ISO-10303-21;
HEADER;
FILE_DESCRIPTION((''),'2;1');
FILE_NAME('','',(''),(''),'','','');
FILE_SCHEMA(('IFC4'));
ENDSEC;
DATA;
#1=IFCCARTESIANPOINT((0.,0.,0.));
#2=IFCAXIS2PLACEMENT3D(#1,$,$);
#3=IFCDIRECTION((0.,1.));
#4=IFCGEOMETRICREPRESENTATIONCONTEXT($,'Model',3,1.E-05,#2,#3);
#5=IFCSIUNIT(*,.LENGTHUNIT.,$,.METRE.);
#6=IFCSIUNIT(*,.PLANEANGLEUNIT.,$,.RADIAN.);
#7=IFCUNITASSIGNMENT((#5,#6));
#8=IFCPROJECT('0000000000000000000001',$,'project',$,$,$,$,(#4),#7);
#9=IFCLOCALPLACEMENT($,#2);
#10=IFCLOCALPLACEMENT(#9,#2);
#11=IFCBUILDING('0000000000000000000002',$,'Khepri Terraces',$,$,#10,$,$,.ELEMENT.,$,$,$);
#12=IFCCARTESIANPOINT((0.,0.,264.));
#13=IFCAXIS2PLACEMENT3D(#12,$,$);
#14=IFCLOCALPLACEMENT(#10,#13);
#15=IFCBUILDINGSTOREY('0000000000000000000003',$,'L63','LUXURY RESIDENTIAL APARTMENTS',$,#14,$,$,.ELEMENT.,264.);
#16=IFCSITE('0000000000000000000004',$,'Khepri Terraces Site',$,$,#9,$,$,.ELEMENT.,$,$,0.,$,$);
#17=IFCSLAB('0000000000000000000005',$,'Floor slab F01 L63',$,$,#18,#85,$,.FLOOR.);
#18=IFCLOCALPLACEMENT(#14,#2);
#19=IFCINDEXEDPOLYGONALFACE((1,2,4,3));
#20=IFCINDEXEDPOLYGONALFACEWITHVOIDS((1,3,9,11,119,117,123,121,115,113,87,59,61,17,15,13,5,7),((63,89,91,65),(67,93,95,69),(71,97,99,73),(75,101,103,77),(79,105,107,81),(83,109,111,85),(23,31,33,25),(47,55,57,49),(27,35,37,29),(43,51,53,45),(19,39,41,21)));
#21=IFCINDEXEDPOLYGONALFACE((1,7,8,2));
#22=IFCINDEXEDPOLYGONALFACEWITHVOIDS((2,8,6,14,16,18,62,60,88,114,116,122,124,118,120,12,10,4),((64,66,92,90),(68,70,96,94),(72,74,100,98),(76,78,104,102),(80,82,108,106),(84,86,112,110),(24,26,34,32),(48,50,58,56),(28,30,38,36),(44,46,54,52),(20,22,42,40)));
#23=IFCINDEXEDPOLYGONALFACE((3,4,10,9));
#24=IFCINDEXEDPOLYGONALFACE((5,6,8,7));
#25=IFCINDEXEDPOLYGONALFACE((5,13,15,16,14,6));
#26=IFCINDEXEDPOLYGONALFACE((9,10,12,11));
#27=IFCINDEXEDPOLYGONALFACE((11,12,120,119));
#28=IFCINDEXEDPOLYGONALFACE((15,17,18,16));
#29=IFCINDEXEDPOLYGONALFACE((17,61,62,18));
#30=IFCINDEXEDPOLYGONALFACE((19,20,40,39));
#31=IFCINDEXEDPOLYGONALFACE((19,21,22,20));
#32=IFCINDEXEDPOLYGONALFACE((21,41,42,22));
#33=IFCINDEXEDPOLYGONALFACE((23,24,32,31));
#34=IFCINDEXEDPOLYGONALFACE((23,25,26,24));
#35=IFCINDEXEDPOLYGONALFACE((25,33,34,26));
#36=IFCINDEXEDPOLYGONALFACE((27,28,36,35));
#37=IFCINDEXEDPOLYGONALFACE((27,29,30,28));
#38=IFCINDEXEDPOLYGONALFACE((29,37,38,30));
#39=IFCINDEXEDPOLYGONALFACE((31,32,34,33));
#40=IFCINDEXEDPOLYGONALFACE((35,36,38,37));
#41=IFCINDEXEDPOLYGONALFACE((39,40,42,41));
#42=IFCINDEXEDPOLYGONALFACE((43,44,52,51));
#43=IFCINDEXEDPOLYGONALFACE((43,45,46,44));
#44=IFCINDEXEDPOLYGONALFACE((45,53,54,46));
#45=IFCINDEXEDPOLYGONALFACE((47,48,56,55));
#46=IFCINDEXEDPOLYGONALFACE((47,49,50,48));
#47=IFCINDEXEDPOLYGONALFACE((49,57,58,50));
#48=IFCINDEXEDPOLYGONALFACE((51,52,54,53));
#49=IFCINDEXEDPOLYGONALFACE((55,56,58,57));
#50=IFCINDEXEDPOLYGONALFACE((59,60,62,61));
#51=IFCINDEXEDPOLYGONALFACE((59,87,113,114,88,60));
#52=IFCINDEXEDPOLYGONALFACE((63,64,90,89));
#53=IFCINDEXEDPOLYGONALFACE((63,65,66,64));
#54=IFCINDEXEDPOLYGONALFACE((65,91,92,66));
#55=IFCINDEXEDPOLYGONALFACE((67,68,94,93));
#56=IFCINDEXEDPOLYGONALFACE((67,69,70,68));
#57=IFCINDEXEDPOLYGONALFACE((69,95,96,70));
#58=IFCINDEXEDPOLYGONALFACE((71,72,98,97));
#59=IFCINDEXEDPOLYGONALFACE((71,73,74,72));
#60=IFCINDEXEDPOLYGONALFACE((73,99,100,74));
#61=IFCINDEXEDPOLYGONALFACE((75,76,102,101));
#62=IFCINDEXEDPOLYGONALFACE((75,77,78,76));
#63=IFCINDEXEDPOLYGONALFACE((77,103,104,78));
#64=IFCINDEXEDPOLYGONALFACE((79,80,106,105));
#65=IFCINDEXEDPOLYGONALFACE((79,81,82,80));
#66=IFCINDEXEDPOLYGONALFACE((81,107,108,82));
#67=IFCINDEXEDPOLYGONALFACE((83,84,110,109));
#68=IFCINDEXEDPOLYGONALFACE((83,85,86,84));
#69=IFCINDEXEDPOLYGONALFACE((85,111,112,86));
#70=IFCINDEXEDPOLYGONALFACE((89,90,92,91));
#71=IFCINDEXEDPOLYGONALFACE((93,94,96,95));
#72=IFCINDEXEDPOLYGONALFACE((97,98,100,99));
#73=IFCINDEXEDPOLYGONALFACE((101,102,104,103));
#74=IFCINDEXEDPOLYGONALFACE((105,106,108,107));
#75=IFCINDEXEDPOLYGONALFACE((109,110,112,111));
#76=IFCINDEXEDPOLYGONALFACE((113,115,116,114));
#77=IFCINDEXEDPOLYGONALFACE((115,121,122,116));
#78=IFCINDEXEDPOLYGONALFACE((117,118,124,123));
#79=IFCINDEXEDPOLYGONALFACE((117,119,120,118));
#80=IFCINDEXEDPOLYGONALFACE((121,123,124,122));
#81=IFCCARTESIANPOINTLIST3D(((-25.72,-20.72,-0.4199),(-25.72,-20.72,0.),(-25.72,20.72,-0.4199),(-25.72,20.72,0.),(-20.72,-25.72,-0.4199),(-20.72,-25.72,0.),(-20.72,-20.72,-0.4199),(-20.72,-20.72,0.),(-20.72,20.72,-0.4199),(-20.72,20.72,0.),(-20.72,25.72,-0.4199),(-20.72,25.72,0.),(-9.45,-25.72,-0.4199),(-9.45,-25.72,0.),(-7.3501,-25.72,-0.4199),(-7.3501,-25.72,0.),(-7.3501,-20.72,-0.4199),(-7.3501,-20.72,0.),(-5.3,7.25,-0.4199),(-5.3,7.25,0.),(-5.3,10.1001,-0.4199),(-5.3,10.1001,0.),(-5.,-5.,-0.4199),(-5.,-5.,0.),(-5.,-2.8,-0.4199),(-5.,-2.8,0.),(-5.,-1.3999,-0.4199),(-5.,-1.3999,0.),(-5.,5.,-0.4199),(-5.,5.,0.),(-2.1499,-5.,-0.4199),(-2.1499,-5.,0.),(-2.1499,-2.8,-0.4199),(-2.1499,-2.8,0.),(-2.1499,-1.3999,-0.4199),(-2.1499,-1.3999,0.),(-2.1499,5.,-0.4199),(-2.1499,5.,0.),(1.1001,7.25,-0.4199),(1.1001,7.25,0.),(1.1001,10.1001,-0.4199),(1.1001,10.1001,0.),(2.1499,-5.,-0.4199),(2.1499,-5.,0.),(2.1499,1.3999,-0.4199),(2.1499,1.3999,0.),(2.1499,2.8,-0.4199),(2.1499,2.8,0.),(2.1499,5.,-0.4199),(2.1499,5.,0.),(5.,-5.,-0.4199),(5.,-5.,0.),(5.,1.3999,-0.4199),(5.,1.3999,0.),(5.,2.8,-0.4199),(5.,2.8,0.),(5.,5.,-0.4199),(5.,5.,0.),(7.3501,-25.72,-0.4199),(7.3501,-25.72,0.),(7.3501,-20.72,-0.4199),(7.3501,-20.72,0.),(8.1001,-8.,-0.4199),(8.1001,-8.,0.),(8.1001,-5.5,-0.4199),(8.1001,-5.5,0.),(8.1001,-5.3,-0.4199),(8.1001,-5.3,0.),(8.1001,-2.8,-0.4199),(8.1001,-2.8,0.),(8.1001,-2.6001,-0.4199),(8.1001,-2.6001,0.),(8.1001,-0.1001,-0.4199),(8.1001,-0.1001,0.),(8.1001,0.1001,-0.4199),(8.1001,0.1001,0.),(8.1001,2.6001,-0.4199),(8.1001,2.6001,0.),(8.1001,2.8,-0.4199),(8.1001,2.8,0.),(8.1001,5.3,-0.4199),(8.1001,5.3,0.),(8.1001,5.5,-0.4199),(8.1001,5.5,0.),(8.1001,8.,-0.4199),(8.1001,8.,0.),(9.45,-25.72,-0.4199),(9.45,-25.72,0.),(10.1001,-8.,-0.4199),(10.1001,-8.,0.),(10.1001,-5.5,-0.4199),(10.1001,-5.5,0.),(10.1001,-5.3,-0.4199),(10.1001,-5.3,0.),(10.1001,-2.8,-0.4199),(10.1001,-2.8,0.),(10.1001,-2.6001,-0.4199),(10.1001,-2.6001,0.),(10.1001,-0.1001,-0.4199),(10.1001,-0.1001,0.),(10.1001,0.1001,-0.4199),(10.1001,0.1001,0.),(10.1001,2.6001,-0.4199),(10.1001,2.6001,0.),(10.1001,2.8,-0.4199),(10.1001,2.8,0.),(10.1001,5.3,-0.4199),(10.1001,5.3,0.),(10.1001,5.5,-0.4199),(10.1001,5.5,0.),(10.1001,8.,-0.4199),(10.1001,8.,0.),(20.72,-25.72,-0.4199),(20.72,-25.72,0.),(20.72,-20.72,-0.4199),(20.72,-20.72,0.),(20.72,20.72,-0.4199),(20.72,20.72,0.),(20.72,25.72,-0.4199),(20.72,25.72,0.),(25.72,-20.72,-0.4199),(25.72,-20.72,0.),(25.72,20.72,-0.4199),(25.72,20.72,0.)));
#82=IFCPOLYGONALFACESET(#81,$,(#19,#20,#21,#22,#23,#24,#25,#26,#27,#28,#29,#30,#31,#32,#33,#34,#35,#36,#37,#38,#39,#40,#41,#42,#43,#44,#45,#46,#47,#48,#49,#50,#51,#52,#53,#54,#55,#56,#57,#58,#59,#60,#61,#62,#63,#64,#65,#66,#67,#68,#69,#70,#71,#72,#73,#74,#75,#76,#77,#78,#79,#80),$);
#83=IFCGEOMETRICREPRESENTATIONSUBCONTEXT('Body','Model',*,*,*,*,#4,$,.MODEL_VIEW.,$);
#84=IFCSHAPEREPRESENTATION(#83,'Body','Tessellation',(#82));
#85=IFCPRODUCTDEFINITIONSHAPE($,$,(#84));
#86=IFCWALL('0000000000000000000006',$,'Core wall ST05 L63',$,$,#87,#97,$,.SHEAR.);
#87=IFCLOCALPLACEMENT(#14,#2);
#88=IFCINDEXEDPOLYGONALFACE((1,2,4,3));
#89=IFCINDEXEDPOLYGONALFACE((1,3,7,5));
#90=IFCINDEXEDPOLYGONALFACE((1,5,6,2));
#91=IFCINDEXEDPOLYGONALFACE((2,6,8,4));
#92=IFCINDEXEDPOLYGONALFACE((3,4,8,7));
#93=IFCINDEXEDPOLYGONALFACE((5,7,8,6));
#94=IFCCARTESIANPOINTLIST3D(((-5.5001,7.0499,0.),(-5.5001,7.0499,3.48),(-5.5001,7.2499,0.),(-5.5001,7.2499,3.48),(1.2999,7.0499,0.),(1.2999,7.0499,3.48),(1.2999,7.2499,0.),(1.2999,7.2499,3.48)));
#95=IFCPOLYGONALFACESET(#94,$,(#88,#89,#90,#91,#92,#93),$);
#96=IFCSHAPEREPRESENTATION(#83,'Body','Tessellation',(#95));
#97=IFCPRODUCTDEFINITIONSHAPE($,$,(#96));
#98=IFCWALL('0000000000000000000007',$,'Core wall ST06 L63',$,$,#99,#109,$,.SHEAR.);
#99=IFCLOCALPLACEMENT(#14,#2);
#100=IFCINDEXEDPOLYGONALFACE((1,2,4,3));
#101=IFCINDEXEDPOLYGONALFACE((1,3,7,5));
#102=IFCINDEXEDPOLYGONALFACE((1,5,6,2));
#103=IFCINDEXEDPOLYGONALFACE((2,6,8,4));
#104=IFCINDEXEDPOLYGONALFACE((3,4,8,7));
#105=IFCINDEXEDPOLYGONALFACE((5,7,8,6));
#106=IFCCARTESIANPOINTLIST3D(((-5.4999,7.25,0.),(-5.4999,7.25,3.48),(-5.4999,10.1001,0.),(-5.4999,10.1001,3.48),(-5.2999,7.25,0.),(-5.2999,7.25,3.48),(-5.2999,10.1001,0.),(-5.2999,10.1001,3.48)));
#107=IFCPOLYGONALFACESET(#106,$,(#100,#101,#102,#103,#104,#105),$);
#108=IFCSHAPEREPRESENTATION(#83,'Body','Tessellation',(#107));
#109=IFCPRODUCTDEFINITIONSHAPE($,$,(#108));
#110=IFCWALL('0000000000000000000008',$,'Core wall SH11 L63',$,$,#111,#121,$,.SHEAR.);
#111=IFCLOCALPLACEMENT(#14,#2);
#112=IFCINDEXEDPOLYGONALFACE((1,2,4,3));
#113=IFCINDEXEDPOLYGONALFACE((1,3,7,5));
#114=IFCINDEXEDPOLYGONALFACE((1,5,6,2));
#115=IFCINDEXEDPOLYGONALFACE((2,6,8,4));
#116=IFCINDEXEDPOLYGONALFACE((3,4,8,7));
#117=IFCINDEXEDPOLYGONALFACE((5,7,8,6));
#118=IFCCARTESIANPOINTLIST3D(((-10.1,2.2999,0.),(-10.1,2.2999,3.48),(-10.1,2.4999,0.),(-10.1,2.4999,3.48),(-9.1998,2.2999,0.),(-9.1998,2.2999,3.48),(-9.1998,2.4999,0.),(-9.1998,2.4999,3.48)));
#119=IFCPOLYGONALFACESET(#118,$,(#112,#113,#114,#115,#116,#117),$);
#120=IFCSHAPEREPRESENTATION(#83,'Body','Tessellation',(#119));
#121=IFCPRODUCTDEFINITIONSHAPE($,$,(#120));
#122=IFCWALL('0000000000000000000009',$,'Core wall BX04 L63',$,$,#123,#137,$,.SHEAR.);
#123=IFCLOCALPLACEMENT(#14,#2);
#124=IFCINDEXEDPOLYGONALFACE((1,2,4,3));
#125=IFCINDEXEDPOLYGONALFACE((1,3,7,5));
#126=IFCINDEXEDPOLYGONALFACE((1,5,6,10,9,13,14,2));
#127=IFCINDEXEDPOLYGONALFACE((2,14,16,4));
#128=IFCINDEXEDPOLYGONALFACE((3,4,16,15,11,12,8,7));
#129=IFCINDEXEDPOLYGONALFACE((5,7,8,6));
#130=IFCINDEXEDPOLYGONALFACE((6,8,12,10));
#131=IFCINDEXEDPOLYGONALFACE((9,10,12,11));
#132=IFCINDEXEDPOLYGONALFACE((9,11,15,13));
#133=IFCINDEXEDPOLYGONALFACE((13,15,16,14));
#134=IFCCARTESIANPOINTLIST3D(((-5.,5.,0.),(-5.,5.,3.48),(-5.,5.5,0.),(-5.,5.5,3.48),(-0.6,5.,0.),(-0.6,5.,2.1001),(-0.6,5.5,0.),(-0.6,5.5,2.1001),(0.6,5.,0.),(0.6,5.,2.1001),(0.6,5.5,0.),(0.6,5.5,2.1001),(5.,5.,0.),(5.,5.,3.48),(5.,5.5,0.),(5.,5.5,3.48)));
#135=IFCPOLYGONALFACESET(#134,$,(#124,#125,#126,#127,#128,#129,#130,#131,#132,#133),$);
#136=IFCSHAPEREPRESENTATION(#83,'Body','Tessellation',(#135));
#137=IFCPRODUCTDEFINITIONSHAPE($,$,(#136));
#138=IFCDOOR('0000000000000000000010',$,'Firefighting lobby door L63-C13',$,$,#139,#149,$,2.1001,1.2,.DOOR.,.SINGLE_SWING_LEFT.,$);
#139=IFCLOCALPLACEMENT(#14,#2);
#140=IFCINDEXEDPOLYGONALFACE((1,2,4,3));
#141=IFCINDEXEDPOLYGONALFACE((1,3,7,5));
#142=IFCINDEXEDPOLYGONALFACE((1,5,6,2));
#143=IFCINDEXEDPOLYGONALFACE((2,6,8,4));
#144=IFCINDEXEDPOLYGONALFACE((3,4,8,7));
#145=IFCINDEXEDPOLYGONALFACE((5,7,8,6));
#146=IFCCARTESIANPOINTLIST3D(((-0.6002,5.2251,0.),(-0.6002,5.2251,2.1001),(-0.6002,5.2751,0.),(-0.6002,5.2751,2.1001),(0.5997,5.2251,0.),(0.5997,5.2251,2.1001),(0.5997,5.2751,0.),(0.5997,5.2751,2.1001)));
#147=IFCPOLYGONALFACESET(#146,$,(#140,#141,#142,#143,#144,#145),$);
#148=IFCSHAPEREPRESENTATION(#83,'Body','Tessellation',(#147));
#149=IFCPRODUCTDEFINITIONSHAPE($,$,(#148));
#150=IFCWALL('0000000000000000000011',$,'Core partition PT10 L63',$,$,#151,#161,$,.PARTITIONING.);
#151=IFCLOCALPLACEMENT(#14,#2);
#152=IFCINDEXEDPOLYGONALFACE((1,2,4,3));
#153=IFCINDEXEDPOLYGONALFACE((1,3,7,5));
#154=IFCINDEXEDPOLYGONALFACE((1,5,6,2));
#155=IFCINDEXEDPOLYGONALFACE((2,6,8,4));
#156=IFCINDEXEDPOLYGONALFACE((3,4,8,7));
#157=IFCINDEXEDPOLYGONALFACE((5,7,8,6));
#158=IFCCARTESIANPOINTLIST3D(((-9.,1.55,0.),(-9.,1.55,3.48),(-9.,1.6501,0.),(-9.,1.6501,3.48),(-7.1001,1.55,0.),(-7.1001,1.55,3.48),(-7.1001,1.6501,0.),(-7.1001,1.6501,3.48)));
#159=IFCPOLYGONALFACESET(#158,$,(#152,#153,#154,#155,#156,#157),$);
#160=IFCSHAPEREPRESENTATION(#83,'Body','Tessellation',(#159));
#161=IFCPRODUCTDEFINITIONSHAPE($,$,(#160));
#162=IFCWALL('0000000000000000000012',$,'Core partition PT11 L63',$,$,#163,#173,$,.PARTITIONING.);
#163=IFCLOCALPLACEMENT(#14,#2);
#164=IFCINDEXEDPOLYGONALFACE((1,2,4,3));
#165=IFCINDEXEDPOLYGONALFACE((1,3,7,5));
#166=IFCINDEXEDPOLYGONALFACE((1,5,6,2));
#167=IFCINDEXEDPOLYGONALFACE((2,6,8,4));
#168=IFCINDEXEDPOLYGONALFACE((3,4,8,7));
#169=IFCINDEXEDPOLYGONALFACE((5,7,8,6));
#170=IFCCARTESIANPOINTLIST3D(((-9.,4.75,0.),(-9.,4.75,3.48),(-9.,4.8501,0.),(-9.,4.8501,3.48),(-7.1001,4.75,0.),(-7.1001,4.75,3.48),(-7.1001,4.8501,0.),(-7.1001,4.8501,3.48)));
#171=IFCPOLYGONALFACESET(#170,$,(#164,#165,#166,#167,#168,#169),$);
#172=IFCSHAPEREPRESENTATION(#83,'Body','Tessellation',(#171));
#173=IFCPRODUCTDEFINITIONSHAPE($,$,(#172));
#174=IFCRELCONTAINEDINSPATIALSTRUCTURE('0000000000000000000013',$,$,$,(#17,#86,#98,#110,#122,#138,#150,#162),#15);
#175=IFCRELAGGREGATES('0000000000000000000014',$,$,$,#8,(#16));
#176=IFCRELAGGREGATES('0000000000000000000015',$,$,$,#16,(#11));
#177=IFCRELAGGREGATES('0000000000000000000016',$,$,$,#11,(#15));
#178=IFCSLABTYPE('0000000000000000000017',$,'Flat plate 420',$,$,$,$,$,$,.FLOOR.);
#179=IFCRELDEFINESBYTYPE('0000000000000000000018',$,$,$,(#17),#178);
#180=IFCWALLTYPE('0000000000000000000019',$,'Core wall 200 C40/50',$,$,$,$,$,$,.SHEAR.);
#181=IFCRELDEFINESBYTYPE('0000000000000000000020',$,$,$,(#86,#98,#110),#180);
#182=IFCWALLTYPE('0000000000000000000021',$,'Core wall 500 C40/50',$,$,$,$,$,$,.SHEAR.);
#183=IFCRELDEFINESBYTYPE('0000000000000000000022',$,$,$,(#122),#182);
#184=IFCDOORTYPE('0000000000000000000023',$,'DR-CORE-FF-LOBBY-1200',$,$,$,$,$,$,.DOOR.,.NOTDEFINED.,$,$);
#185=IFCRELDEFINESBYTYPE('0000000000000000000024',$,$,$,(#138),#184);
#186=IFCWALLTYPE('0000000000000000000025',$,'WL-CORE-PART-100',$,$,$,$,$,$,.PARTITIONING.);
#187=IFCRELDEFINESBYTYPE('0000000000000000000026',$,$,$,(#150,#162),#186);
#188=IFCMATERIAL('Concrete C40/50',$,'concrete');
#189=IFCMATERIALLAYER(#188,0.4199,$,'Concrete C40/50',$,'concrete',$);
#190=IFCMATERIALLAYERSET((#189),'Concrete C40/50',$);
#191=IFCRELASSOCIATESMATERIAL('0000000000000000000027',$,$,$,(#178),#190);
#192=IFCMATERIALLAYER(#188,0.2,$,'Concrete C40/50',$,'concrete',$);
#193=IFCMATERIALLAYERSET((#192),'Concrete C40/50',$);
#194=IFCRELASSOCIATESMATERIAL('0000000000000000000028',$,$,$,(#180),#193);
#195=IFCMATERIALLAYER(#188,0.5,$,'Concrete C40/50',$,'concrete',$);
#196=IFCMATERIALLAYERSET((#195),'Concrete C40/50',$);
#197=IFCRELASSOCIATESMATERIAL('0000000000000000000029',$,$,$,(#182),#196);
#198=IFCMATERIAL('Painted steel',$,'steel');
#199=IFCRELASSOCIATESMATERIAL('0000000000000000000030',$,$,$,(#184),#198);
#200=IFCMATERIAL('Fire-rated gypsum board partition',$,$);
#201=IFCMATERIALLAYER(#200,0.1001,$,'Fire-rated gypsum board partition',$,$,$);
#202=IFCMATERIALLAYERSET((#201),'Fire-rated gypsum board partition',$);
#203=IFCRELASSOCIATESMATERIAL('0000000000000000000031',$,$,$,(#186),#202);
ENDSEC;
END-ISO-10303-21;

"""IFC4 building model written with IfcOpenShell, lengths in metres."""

from ifc_helpers import new_model, si_unit, direction, frame, frame_2d, origin, place, context, subcontext, project, spatial, polyline, rectangle, outline, extrude, material, layer, layer_set, type_object, element, fill, save


model = new_model("IFC4")

# Units and contexts
model_context = context("Model", 3, precision=1e-05, world=origin(), true_north=direction((0.0, 1.0)))
body_context = subcontext(model_context, "Body", "Model", "MODEL_VIEW")
ifc_project = project(units=[si_unit("LENGTHUNIT", "METRE"), si_unit("PLANEANGLEUNIT", "RADIAN")], contexts=[model_context])

# Site, building, storey
site_placement = place(None, origin())
site = spatial("IfcSite", under=ifc_project, at=site_placement, Name="Khepri Terraces Site", CompositionType="ELEMENT", RefElevation=0.0)
building_placement = place(site_placement, origin())
building = spatial("IfcBuilding", under=site, at=building_placement, Name="Khepri Terraces", CompositionType="ELEMENT")
storey_placement = place(building_placement, frame((0.0, 0.0, 264.0)))
storey = spatial("IfcBuildingStorey", under=building, at=storey_placement, Name="L63", Description="LUXURY RESIDENTIAL APARTMENTS", CompositionType="ELEMENT", Elevation=264.0)

# Slab
ifc_material_1 = material(Name="Concrete C40/50", Category="concrete")
ifc_layer_1 = layer(ifc_material_1, 0.4199, Name="Concrete C40/50", Category="concrete")
ifc_layer_set_1 = layer_set([ifc_layer_1], Name="Concrete C40/50")
slab_type = type_object("IfcSlabType", Name="Flat plate 420", PredefinedType="FLOOR", material=ifc_layer_set_1)
slab_placement = place(storey_placement, frame((0.0, 0.0, -0.4199)))
element("IfcSlab", 1, at=slab_placement, inside=storey, type_object=slab_type, Name="Floor slab F01 L63", PredefinedType="FLOOR", context=body_context, shape_type="SweptSolid", body=[
    extrude(outline(polyline([(25.72, -20.72), (20.72, -20.72), (20.72, -25.72), (9.45, -25.72), (7.3501, -25.72), (7.3501, -20.72), (-7.3501, -20.72), (-7.3501, -25.72), (-9.45, -25.72), (-20.72, -25.72), (-20.72, -20.72), (-25.72, -20.72), (-25.72, 20.72), (-20.72, 20.72), (-20.72, 25.72), (20.72, 25.72), (20.72, 20.72), (25.72, 20.72), (25.72, -20.72)]), holes=[polyline([(2.1499, 2.8), (5.0, 2.8), (5.0, 5.0), (2.1499, 5.0), (2.1499, 2.8)]), polyline([(-5.0, -2.8), (-5.0, -5.0), (-2.1499, -5.0), (-2.1499, -2.8), (-5.0, -2.8)]), polyline([(10.1001, -5.5), (8.1001, -5.5), (8.1001, -8.0), (10.1001, -8.0), (10.1001, -5.5)]), polyline([(10.1001, -5.3), (10.1001, -2.8), (8.1001, -2.8), (8.1001, -5.3), (10.1001, -5.3)]), polyline([(8.1001, -2.6001), (10.1001, -2.6001), (10.1001, -0.1001), (8.1001, -0.1001), (8.1001, -2.6001)]), polyline([(8.1001, 2.6001), (8.1001, 0.1001), (10.1001, 0.1001), (10.1001, 2.6001), (8.1001, 2.6001)]), polyline([(10.1001, 5.3), (8.1001, 5.3), (8.1001, 2.8), (10.1001, 2.8), (10.1001, 5.3)]), polyline([(10.1001, 5.5), (10.1001, 8.0), (8.1001, 8.0), (8.1001, 5.5), (10.1001, 5.5)]), polyline([(-5.0, -1.3999), (-2.1499, -1.3999), (-2.1499, 5.0), (-5.0, 5.0), (-5.0, -1.3999)]), polyline([(5.0, -5.0), (5.0, 1.3999), (2.1499, 1.3999), (2.1499, -5.0), (5.0, -5.0)]), polyline([(-5.3, 10.1001), (-5.3, 7.25), (1.1001, 7.25), (1.1001, 10.1001), (-5.3, 10.1001)])]), origin(), (0.0, 0.0, 1.0), 0.4199),
])

# Walls
ifc_layer_2 = layer(ifc_material_1, 0.2, Name="Concrete C40/50", Category="concrete")
ifc_layer_set_2 = layer_set([ifc_layer_2], Name="Concrete C40/50")
wall_type_1 = type_object("IfcWallType", Name="Core wall 200 C40/50", PredefinedType="SHEAR", material=ifc_layer_set_2)
wall_1_placement = place(storey_placement, frame((-5.5, 7.1499, 0.0), z_axis=(0.0, 0.0, 1.0), x_axis=(1.0, 0.0, 0.0)))
element("IfcWall", 2, at=wall_1_placement, inside=storey, type_object=wall_type_1, Name="Core wall ST05 L63", PredefinedType="SHEAR", context=body_context, shape_type="SweptSolid", body=[
    extrude(rectangle(XDim=6.8, YDim=0.2, at=frame_2d((3.3999, 0.0))), origin(), (0.0, 0.0, 1.0), 3.48),
])
wall_2_placement = place(storey_placement, frame((-5.3999, 7.25, 0.0), z_axis=(0.0, 0.0, 1.0), x_axis=(0.0, 1.0, 0.0)))
element("IfcWall", 3, at=wall_2_placement, inside=storey, type_object=wall_type_1, Name="Core wall ST06 L63", PredefinedType="SHEAR", context=body_context, shape_type="SweptSolid", body=[
    extrude(rectangle(XDim=2.8501, YDim=0.2, at=frame_2d((1.425, 0.0))), origin(), (0.0, 0.0, 1.0), 3.48),
])
wall_3_placement = place(storey_placement, frame((-10.1001, 2.3999, 0.0), z_axis=(0.0, 0.0, 1.0), x_axis=(1.0, 0.0, 0.0)))
element("IfcWall", 4, at=wall_3_placement, inside=storey, type_object=wall_type_1, Name="Core wall SH11 L63", PredefinedType="SHEAR", context=body_context, shape_type="SweptSolid", body=[
    extrude(rectangle(XDim=0.9001, YDim=0.2, at=frame_2d((0.4502, 0.0))), origin(), (0.0, 0.0, 1.0), 3.48),
])

# Wall, opening, door
ifc_layer_3 = layer(ifc_material_1, 0.5, Name="Concrete C40/50", Category="concrete")
ifc_layer_set_3 = layer_set([ifc_layer_3], Name="Concrete C40/50")
wall_type_2 = type_object("IfcWallType", Name="Core wall 500 C40/50", PredefinedType="SHEAR", material=ifc_layer_set_3)
wall_4_placement = place(storey_placement, frame((-5.0, 5.25, 0.0), z_axis=(0.0, 0.0, 1.0), x_axis=(1.0, 0.0, 0.0)))
wall_4 = element("IfcWall", 5, at=wall_4_placement, inside=storey, type_object=wall_type_2, Name="Core wall BX04 L63", PredefinedType="SHEAR", context=body_context, shape_type="SweptSolid", body=[
    extrude(rectangle(XDim=10.0, YDim=0.5, at=frame_2d((5.0, 0.0))), origin(), (0.0, 0.0, 1.0), 3.48),
])
opening_1_placement = place(wall_4_placement, frame((4.3999, 0.0, 0.0)))
opening_1 = element("IfcOpeningElement", 6, at=opening_1_placement, cuts=wall_4, PredefinedType="OPENING", context=body_context, shape_type="SweptSolid", body=[
    extrude(rectangle(XDim=1.2, YDim=2.1001, at=frame_2d((0.6001, 1.05))), frame((0.0, 0.26, 0.0), z_axis=(0.0, -1.0, 0.0), x_axis=(1.0, 0.0, 0.0)), (0.0, 0.0, 1.0), 0.52),
])
ifc_material_2 = material(Name="Painted steel", Category="steel")
door_type_1 = type_object("IfcDoorType", Name="DR-CORE-FF-LOBBY-1200", OperationType="NOTDEFINED", PredefinedType="DOOR", material=ifc_material_2)
door_1_placement = place(opening_1_placement, frame((1.2, 0.0, 0.0), z_axis=(0.0, 0.0, 1.0), x_axis=(-1.0, 0.0, 0.0)))
door_1 = element("IfcDoor", 7, at=door_1_placement, inside=storey, type_object=door_type_1, Name="Firefighting lobby door L63-C13", OperationType="SINGLE_SWING_LEFT", OverallHeight=2.1001, OverallWidth=1.2, PredefinedType="DOOR", context=body_context, shape_type="SweptSolid", body=[
    extrude(rectangle(XDim=1.2, YDim=2.1001, at=frame_2d((0.6001, 1.05))), frame((0.0, 0.0249, 0.0), z_axis=(0.0, -1.0, 0.0), x_axis=(1.0, 0.0, 0.0)), (0.0, 0.0, 1.0), 0.05),
])
fill(opening_1, door_1)

# Walls
ifc_material_3 = material(Name="Fire-rated gypsum board partition")
ifc_layer_4 = layer(ifc_material_3, 0.1001, Name="Fire-rated gypsum board partition")
ifc_layer_set_4 = layer_set([ifc_layer_4], Name="Fire-rated gypsum board partition")
wall_type_3 = type_object("IfcWallType", Name="WL-CORE-PART-100", PredefinedType="PARTITIONING", material=ifc_layer_set_4)
for number, where, z_axis, x_axis, name in (
    (8, (-9.0, 1.6001, 0.0), (0.0, 0.0, 1.0), (1.0, 0.0, 0.0), "Core partition PT10 L63"),
    (9, (-9.0, 4.8, 0.0), (0.0, 0.0, 1.0), (1.0, 0.0, 0.0), "Core partition PT11 L63"),
):
    element("IfcWall", number, at=place(storey_placement, frame(where, z_axis=z_axis, x_axis=x_axis)), inside=storey, type_object=wall_type_3, Name=name, PredefinedType="PARTITIONING", context=body_context, shape_type="SweptSolid", body=[
        extrude(rectangle(XDim=1.8999, YDim=0.1001, at=frame_2d((0.95, 0.0))), origin(), (0.0, 0.0, 1.0), 3.48),
    ])

save(model, "model.ifc")
